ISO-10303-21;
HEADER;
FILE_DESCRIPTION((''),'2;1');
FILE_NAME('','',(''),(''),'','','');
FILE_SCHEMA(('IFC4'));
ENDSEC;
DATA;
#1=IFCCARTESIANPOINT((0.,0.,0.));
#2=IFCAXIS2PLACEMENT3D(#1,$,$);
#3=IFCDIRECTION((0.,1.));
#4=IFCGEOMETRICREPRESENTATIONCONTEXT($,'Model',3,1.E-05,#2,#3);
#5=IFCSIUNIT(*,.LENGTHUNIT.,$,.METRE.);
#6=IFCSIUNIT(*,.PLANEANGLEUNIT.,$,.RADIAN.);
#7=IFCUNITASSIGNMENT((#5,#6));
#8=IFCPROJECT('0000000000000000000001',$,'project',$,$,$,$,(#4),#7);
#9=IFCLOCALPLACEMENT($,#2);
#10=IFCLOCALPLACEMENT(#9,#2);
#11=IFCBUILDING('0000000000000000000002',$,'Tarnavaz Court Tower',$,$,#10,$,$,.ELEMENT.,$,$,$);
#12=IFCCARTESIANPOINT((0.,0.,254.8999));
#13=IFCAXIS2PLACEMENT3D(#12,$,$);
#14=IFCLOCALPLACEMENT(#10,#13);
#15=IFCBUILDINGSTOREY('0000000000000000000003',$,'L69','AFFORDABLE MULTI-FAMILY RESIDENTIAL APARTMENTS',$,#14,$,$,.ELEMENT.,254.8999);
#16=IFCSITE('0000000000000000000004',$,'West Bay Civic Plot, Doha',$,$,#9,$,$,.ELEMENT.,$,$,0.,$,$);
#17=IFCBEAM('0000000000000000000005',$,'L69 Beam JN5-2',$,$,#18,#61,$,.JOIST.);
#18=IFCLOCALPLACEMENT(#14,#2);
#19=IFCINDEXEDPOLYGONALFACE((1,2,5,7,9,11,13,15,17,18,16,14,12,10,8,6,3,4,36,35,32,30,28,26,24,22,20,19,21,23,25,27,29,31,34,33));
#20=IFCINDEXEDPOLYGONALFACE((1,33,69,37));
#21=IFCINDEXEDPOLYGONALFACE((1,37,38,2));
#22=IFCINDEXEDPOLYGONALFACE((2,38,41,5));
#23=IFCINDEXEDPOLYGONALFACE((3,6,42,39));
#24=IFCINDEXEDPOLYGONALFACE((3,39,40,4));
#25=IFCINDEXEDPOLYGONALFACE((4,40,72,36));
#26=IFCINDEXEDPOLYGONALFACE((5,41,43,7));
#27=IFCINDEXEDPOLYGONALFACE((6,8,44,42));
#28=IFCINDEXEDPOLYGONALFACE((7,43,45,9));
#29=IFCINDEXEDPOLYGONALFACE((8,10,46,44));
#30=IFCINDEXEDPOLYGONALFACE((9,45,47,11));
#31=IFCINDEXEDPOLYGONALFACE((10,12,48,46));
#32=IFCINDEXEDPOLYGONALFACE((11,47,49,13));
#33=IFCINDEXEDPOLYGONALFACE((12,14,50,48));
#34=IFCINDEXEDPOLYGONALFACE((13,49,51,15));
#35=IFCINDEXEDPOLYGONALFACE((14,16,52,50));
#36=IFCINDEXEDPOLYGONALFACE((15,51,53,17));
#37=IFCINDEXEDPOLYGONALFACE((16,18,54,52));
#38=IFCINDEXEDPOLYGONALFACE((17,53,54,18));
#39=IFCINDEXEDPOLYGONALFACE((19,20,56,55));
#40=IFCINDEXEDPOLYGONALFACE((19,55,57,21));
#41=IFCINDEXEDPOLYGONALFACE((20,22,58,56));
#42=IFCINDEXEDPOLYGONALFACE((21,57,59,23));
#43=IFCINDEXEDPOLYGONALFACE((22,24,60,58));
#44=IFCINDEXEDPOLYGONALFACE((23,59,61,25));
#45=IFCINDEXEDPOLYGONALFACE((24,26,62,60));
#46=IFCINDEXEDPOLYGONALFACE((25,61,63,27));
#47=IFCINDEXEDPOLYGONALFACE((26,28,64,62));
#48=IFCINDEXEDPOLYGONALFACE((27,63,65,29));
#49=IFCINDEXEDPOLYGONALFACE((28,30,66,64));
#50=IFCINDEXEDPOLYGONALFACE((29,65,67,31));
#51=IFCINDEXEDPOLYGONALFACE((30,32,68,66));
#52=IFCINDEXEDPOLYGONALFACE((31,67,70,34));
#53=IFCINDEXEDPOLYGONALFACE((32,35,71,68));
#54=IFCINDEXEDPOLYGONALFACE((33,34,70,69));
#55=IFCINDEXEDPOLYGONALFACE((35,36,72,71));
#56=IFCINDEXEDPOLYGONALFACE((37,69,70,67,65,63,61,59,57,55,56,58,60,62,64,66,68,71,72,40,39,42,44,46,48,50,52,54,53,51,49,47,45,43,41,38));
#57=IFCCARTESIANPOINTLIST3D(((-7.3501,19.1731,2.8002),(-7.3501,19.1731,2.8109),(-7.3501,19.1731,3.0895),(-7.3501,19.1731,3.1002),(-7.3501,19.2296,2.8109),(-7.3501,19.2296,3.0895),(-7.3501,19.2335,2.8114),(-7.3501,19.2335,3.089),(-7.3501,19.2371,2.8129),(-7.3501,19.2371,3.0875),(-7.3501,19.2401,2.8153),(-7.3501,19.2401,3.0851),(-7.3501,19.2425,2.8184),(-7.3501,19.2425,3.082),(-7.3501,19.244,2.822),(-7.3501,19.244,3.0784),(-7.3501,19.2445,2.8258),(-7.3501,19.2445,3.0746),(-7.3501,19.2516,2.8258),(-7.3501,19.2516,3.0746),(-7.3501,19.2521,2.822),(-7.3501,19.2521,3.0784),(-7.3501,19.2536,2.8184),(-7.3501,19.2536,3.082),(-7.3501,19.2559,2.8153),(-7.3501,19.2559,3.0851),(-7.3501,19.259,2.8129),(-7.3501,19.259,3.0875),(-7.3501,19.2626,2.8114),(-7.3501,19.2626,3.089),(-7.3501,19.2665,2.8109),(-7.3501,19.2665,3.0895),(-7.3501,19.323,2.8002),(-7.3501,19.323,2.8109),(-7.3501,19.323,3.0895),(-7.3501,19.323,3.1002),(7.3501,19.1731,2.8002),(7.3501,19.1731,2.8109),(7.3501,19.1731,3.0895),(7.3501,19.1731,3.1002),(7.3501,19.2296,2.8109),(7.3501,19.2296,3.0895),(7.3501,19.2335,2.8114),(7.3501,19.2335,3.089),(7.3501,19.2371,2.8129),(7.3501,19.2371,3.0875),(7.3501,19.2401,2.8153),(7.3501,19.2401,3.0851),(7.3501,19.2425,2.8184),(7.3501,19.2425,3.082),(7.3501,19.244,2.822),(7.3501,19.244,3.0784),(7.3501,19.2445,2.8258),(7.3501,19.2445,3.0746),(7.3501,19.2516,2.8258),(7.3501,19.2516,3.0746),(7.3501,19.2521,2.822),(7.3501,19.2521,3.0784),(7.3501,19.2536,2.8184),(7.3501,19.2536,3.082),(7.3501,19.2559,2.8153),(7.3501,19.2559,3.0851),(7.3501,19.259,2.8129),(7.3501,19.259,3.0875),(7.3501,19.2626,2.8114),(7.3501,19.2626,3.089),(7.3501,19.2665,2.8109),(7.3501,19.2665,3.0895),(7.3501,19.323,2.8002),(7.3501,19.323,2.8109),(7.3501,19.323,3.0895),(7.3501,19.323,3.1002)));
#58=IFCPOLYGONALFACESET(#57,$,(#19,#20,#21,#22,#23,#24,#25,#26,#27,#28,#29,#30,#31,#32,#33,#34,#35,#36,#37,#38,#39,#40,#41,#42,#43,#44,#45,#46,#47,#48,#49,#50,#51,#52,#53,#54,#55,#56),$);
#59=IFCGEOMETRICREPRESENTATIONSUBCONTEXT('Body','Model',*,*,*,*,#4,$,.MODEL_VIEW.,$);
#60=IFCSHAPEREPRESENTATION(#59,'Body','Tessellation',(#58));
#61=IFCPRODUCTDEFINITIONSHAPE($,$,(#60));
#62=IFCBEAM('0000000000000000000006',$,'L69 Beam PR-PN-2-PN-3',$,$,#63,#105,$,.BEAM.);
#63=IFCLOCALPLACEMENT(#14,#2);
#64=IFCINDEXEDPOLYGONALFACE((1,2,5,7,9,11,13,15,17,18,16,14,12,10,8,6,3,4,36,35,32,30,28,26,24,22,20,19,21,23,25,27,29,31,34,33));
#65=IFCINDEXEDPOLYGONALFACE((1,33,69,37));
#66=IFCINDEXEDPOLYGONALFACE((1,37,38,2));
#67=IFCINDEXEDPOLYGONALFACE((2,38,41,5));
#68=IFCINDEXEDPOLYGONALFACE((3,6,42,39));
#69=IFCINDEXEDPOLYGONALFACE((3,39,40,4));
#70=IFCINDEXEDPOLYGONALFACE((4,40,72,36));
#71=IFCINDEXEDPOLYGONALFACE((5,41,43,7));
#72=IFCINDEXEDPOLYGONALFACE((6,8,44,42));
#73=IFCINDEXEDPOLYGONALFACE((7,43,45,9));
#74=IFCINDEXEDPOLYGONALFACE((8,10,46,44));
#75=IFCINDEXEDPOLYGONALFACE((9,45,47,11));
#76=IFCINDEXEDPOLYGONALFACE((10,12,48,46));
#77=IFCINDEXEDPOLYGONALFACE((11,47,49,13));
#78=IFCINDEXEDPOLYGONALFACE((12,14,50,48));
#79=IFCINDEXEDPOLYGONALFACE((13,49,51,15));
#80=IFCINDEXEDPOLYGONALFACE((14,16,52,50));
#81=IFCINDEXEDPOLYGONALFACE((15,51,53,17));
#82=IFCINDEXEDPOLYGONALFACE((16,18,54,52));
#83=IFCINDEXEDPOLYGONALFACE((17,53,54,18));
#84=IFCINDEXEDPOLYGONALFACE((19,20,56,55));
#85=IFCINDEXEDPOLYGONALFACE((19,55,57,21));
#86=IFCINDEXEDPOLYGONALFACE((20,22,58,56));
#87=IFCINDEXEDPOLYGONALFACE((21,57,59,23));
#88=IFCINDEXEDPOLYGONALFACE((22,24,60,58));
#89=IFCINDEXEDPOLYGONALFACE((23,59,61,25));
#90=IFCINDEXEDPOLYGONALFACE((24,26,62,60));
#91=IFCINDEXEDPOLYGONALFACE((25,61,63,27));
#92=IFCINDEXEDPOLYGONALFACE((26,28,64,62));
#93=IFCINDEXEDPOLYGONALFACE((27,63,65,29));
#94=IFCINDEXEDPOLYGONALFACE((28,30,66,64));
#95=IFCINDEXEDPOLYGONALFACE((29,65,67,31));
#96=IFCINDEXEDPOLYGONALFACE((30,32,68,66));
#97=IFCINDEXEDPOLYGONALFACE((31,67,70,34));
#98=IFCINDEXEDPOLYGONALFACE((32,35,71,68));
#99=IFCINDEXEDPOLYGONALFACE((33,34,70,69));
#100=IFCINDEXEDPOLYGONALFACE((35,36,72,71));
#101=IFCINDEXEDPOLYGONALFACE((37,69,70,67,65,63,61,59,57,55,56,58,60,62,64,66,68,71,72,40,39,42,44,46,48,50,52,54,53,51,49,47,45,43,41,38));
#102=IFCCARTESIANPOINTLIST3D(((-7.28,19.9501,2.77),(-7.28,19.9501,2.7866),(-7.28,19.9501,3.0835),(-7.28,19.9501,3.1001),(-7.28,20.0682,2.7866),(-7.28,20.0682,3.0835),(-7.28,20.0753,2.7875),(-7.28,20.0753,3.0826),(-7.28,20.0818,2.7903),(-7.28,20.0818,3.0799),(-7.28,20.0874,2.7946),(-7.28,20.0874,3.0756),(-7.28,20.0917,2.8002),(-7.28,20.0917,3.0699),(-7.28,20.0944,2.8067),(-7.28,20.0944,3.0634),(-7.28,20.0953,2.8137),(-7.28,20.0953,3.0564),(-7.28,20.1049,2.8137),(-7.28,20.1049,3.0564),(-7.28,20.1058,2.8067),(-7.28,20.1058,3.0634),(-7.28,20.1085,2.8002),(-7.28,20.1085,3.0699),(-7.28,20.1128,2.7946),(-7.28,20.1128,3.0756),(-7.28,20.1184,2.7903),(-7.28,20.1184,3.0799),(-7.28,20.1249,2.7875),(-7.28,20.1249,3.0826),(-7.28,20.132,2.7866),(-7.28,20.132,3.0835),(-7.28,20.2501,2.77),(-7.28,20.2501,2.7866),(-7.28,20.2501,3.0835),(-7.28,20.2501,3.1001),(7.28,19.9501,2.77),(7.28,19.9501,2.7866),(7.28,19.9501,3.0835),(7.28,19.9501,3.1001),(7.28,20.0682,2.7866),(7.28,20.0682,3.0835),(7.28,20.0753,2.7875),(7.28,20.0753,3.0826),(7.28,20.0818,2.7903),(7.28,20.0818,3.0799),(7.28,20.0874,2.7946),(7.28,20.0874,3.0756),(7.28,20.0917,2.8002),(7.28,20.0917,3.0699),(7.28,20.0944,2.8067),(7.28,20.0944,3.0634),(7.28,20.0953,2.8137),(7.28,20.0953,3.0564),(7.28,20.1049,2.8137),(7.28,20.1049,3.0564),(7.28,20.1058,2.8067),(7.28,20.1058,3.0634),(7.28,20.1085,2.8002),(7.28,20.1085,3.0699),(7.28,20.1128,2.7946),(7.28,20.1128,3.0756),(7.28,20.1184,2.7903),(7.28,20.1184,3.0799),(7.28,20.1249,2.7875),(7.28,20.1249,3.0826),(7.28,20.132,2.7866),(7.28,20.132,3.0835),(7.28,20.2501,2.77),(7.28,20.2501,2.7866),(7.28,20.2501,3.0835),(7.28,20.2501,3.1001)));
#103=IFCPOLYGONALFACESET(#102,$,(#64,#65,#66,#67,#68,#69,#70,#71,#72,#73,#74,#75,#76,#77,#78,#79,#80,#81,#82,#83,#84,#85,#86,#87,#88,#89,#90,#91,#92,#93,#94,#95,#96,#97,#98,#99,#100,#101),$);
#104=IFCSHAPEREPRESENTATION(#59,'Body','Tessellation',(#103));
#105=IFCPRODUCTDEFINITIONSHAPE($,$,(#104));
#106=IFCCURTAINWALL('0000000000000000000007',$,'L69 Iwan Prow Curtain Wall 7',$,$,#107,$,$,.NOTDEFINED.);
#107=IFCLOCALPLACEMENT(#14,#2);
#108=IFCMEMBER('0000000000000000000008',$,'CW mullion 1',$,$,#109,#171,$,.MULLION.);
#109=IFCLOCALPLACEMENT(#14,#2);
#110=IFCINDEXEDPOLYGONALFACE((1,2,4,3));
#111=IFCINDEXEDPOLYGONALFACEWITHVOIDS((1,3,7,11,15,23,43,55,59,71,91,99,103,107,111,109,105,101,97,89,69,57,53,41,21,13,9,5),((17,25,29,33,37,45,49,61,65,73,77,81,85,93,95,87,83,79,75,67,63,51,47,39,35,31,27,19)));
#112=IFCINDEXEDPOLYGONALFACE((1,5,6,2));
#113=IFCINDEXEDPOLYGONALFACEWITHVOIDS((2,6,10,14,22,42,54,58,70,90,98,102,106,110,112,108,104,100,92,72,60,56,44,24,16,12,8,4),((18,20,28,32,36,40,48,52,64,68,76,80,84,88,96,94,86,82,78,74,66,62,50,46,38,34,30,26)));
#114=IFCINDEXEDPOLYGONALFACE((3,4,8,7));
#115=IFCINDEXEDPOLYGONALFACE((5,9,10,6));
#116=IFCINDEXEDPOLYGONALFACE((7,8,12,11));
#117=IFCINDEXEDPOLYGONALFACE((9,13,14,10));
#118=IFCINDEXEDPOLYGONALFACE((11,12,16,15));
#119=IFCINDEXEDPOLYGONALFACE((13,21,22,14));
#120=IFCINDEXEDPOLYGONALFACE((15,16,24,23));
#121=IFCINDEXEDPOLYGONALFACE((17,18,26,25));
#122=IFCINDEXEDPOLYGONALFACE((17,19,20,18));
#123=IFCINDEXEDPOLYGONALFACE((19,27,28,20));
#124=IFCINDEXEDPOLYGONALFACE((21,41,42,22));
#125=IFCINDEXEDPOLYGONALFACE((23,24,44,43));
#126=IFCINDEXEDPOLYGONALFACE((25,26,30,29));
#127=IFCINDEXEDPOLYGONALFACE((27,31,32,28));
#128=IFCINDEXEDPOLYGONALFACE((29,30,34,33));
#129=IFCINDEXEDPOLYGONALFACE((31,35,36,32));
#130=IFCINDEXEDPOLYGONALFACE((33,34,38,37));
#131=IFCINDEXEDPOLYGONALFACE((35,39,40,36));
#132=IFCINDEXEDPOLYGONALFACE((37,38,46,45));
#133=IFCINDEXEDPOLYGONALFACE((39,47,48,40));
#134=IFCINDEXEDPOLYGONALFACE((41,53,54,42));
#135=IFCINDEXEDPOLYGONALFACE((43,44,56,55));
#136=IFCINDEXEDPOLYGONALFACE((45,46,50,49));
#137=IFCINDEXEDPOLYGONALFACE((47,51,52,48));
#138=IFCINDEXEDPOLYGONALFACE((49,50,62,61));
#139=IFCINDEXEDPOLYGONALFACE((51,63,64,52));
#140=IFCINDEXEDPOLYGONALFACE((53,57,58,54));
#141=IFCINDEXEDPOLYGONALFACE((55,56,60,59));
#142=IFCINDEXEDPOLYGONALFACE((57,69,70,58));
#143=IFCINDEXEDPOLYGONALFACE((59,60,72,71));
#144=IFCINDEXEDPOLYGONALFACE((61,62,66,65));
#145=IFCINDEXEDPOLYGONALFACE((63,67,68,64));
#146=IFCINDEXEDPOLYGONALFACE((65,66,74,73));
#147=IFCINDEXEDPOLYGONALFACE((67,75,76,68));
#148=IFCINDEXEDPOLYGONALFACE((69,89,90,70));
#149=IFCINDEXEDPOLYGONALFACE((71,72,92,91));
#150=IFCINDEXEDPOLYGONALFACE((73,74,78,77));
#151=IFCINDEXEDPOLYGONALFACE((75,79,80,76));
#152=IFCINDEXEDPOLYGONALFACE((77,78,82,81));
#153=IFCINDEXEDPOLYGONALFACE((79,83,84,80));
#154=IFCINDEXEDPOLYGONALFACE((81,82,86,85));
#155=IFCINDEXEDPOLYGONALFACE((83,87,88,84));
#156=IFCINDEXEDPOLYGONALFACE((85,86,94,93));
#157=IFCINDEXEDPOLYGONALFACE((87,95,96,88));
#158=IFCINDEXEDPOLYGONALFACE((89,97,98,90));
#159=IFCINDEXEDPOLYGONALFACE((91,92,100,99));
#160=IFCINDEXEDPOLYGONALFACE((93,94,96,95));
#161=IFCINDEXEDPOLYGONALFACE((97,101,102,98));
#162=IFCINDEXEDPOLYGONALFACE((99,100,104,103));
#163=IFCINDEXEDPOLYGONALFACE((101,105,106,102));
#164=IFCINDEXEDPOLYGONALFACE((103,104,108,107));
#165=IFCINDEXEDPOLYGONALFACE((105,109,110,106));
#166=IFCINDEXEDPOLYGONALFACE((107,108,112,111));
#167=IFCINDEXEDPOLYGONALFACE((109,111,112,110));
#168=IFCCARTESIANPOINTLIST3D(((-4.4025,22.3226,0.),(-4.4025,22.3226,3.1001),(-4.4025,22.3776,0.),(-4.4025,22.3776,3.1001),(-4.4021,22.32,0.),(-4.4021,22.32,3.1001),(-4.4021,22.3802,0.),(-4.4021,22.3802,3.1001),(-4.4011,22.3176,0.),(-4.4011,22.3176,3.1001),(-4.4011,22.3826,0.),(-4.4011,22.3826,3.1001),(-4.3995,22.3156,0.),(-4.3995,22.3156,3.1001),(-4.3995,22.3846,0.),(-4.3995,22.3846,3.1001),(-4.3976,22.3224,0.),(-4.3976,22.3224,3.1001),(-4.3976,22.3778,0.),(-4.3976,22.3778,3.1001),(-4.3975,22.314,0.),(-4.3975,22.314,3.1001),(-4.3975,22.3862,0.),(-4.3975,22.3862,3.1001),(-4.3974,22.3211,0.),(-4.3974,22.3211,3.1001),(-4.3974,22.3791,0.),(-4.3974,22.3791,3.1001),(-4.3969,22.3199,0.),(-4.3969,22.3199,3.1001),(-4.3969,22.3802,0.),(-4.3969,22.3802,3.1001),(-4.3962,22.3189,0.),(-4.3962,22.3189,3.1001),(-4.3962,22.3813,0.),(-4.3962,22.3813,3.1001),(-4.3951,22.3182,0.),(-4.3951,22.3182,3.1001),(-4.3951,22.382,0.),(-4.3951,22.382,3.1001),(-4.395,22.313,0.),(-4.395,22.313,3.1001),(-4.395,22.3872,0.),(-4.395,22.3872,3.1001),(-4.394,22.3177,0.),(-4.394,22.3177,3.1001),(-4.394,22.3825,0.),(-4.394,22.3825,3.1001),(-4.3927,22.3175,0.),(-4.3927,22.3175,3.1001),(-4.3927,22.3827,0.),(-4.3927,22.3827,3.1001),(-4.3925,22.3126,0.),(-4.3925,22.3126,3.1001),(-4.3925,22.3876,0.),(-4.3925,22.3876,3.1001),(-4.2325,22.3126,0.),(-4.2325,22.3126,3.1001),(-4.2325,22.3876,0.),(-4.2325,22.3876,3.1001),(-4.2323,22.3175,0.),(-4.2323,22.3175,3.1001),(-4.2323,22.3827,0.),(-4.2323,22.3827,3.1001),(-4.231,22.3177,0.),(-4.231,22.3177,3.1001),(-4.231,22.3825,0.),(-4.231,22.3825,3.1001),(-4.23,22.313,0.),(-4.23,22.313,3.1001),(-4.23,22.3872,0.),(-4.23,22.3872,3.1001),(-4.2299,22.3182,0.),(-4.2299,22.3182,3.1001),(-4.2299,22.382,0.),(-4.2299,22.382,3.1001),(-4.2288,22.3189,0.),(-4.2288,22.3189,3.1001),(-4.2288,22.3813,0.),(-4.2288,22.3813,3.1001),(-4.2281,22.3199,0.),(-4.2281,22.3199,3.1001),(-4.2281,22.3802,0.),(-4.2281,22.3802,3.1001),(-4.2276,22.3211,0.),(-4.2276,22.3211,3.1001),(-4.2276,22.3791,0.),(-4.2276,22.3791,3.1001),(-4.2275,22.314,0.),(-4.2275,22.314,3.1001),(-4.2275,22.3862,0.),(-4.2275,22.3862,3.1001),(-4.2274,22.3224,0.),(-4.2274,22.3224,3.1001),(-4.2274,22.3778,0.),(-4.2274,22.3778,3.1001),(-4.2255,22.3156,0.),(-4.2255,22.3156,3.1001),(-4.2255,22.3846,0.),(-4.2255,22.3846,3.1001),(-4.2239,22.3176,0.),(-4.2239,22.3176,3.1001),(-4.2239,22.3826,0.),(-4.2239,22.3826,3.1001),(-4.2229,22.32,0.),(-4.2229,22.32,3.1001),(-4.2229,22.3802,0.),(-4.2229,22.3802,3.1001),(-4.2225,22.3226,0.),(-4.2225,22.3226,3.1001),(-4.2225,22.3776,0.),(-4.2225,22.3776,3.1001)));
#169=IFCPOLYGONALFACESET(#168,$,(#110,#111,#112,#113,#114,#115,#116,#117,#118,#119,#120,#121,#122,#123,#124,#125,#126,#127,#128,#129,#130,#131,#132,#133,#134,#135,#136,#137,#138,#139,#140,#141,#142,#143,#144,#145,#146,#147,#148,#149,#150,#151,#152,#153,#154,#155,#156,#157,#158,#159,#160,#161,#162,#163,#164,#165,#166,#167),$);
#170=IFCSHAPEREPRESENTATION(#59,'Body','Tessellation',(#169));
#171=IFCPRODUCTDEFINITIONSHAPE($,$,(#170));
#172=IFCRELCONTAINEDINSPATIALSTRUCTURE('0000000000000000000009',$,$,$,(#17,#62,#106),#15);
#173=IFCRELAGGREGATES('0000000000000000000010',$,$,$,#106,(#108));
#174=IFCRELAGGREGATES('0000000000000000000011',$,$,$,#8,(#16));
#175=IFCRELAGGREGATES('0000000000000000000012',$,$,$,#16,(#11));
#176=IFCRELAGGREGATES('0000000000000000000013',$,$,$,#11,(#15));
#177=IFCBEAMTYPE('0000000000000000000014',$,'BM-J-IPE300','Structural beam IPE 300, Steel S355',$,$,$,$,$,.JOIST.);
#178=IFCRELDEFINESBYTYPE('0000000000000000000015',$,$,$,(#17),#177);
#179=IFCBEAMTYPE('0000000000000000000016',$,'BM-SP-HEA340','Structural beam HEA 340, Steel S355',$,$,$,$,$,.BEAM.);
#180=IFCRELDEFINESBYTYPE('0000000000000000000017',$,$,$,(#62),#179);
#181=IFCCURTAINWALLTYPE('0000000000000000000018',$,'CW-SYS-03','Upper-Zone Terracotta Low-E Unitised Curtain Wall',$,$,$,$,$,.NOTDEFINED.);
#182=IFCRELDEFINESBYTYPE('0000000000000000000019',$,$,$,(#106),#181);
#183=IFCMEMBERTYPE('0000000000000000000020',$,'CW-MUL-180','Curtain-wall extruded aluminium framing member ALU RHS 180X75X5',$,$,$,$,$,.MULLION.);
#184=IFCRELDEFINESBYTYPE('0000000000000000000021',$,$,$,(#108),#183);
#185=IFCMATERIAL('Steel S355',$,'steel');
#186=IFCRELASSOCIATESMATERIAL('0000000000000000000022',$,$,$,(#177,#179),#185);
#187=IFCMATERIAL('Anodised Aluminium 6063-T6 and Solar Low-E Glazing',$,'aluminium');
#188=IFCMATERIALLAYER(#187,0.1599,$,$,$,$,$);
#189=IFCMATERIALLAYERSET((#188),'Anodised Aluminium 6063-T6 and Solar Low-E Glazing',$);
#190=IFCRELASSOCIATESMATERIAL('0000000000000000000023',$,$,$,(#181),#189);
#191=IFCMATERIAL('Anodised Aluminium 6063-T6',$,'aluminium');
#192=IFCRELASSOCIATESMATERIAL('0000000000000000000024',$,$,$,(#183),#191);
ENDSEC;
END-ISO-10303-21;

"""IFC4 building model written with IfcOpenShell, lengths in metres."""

from ifc_helpers import new_model, si_unit, direction, frame, origin, origin_2d, place, context, subcontext, project, spatial, hollow_rectangle, i_section, extrude, material, layer, layer_set, material_profile, profile_set, type_object, element, aggregate, save


model = new_model("IFC4")

# Units and contexts
model_context = context("Model", 3, precision=1e-05, world=origin(), true_north=direction((0.0, 1.0)))
body_context = subcontext(model_context, "Body", "Model", "MODEL_VIEW")
ifc_project = project(units=[si_unit("LENGTHUNIT", "METRE"), si_unit("PLANEANGLEUNIT", "RADIAN")], contexts=[model_context])

# Site, building, storey
site_placement = place(None, origin())
site = spatial("IfcSite", under=ifc_project, at=site_placement, Name="West Bay Civic Plot, Doha", CompositionType="ELEMENT", RefElevation=0.0)
building_placement = place(site_placement, origin())
building = spatial("IfcBuilding", under=site, at=building_placement, Name="Tarnavaz Court Tower", CompositionType="ELEMENT")
storey_placement = place(building_placement, frame((0.0, 0.0, 254.8999)))
storey = spatial("IfcBuildingStorey", under=building, at=storey_placement, Name="L69", Description="AFFORDABLE MULTI-FAMILY RESIDENTIAL APARTMENTS", CompositionType="ELEMENT", Elevation=254.8999)

# Beams
ifc_material_1 = material(Name="Steel S355", Category="steel")
ifc_material_profile_1 = material_profile(ifc_material_1, i_section(OverallWidth=0.1499, OverallDepth=0.3, WebThickness=0.0071, FlangeThickness=0.0107, FilletRadius=0.0149, at=origin_2d()), Name="IPE 300")
ifc_profile_set_1 = profile_set([ifc_material_profile_1], Name="Steel S355")
beam_type_1 = type_object("IfcBeamType", Name="BM-J-IPE300", Description="Structural beam IPE 300, Steel S355", PredefinedType="JOIST", material=ifc_profile_set_1)
for number, where, z_axis, x_axis, name in (
    (1, (-7.3501, 19.248, 2.9502), (1.0, 0.0, 0.0), (0.0, 1.0, 0.0), "L69 Beam JN5-2"),
):
    element("IfcBeam", number, at=place(storey_placement, frame(where, z_axis=z_axis, x_axis=x_axis)), inside=storey, type_object=beam_type_1, Name=name, PredefinedType="JOIST", context=body_context, shape_type="SweptSolid", body=[
        extrude(i_section(OverallWidth=0.1499, OverallDepth=0.3, WebThickness=0.0071, FlangeThickness=0.0107, FilletRadius=0.0149, at=origin_2d()), origin(), (0.0, 0.0, 1.0), 14.7002),
    ])
ifc_material_profile_2 = material_profile(ifc_material_1, i_section(OverallWidth=0.3, OverallDepth=0.3301, WebThickness=0.0095, FlangeThickness=0.0166, FilletRadius=0.0271, at=origin_2d()), Name="HEA 340")
ifc_profile_set_2 = profile_set([ifc_material_profile_2], Name="Steel S355")
beam_type_2 = type_object("IfcBeamType", Name="BM-SP-HEA340", Description="Structural beam HEA 340, Steel S355", PredefinedType="BEAM", material=ifc_profile_set_2)
beam_placement = place(storey_placement, frame((-7.28, 20.1001, 2.9351), z_axis=(1.0, 0.0, 0.0), x_axis=(0.0, 1.0, 0.0)))
element("IfcBeam", 2, at=beam_placement, inside=storey, type_object=beam_type_2, Name="L69 Beam PR-PN-2-PN-3", PredefinedType="BEAM", context=body_context, shape_type="SweptSolid", body=[
    extrude(i_section(OverallWidth=0.3, OverallDepth=0.3301, WebThickness=0.0095, FlangeThickness=0.0166, FilletRadius=0.0271, at=origin_2d()), origin(), (0.0, 0.0, 1.0), 14.5601),
])

# Curtain wall, member
ifc_material_2 = material(Name="Anodised Aluminium 6063-T6 and Solar Low-E Glazing", Category="aluminium")
ifc_layer_1 = layer(ifc_material_2, 0.1599)
ifc_layer_set_1 = layer_set([ifc_layer_1], Name="Anodised Aluminium 6063-T6 and Solar Low-E Glazing")
curtain_wall_type = type_object("IfcCurtainWallType", Name="CW-SYS-03", Description="Upper-Zone Terracotta Low-E Unitised Curtain Wall", PredefinedType="NOTDEFINED", material=ifc_layer_set_1)
curtain_wall_placement = place(storey_placement, origin())
curtain_wall = element("IfcCurtainWall", 3, at=curtain_wall_placement, inside=storey, type_object=curtain_wall_type, Name="L69 Iwan Prow Curtain Wall 7", PredefinedType="NOTDEFINED")
ifc_material_3 = material(Name="Anodised Aluminium 6063-T6", Category="aluminium")
ifc_material_profile_3 = material_profile(ifc_material_3, hollow_rectangle(XDim=0.075, YDim=0.1799, WallThickness=0.0049, InnerFilletRadius=0.0049, OuterFilletRadius=0.01, at=origin_2d()), Name="ALU RHS 180X75X5")
ifc_profile_set_3 = profile_set([ifc_material_profile_3], Name="Anodised Aluminium 6063-T6")
member_type_1 = type_object("IfcMemberType", Name="CW-MUL-180", Description="Curtain-wall extruded aluminium framing member ALU RHS 180X75X5", PredefinedType="MULLION", material=ifc_profile_set_3)
member_1_placement = place(storey_placement, frame((-4.3125, 22.3501, 0.0), z_axis=(0.0, 0.0, 1.0), x_axis=(0.0, 1.0, 0.0)))
member_1 = element("IfcMember", 4, at=member_1_placement, type_object=member_type_1, Name="CW mullion 1", PredefinedType="MULLION", context=body_context, shape_type="SweptSolid", body=[
    extrude(hollow_rectangle(XDim=0.075, YDim=0.1799, WallThickness=0.0049, InnerFilletRadius=0.0049, OuterFilletRadius=0.01, at=origin_2d()), origin(), (0.0, 0.0, 1.0), 3.1001),
])
aggregate(curtain_wall, [member_1])

save(model, "model.ifc")
